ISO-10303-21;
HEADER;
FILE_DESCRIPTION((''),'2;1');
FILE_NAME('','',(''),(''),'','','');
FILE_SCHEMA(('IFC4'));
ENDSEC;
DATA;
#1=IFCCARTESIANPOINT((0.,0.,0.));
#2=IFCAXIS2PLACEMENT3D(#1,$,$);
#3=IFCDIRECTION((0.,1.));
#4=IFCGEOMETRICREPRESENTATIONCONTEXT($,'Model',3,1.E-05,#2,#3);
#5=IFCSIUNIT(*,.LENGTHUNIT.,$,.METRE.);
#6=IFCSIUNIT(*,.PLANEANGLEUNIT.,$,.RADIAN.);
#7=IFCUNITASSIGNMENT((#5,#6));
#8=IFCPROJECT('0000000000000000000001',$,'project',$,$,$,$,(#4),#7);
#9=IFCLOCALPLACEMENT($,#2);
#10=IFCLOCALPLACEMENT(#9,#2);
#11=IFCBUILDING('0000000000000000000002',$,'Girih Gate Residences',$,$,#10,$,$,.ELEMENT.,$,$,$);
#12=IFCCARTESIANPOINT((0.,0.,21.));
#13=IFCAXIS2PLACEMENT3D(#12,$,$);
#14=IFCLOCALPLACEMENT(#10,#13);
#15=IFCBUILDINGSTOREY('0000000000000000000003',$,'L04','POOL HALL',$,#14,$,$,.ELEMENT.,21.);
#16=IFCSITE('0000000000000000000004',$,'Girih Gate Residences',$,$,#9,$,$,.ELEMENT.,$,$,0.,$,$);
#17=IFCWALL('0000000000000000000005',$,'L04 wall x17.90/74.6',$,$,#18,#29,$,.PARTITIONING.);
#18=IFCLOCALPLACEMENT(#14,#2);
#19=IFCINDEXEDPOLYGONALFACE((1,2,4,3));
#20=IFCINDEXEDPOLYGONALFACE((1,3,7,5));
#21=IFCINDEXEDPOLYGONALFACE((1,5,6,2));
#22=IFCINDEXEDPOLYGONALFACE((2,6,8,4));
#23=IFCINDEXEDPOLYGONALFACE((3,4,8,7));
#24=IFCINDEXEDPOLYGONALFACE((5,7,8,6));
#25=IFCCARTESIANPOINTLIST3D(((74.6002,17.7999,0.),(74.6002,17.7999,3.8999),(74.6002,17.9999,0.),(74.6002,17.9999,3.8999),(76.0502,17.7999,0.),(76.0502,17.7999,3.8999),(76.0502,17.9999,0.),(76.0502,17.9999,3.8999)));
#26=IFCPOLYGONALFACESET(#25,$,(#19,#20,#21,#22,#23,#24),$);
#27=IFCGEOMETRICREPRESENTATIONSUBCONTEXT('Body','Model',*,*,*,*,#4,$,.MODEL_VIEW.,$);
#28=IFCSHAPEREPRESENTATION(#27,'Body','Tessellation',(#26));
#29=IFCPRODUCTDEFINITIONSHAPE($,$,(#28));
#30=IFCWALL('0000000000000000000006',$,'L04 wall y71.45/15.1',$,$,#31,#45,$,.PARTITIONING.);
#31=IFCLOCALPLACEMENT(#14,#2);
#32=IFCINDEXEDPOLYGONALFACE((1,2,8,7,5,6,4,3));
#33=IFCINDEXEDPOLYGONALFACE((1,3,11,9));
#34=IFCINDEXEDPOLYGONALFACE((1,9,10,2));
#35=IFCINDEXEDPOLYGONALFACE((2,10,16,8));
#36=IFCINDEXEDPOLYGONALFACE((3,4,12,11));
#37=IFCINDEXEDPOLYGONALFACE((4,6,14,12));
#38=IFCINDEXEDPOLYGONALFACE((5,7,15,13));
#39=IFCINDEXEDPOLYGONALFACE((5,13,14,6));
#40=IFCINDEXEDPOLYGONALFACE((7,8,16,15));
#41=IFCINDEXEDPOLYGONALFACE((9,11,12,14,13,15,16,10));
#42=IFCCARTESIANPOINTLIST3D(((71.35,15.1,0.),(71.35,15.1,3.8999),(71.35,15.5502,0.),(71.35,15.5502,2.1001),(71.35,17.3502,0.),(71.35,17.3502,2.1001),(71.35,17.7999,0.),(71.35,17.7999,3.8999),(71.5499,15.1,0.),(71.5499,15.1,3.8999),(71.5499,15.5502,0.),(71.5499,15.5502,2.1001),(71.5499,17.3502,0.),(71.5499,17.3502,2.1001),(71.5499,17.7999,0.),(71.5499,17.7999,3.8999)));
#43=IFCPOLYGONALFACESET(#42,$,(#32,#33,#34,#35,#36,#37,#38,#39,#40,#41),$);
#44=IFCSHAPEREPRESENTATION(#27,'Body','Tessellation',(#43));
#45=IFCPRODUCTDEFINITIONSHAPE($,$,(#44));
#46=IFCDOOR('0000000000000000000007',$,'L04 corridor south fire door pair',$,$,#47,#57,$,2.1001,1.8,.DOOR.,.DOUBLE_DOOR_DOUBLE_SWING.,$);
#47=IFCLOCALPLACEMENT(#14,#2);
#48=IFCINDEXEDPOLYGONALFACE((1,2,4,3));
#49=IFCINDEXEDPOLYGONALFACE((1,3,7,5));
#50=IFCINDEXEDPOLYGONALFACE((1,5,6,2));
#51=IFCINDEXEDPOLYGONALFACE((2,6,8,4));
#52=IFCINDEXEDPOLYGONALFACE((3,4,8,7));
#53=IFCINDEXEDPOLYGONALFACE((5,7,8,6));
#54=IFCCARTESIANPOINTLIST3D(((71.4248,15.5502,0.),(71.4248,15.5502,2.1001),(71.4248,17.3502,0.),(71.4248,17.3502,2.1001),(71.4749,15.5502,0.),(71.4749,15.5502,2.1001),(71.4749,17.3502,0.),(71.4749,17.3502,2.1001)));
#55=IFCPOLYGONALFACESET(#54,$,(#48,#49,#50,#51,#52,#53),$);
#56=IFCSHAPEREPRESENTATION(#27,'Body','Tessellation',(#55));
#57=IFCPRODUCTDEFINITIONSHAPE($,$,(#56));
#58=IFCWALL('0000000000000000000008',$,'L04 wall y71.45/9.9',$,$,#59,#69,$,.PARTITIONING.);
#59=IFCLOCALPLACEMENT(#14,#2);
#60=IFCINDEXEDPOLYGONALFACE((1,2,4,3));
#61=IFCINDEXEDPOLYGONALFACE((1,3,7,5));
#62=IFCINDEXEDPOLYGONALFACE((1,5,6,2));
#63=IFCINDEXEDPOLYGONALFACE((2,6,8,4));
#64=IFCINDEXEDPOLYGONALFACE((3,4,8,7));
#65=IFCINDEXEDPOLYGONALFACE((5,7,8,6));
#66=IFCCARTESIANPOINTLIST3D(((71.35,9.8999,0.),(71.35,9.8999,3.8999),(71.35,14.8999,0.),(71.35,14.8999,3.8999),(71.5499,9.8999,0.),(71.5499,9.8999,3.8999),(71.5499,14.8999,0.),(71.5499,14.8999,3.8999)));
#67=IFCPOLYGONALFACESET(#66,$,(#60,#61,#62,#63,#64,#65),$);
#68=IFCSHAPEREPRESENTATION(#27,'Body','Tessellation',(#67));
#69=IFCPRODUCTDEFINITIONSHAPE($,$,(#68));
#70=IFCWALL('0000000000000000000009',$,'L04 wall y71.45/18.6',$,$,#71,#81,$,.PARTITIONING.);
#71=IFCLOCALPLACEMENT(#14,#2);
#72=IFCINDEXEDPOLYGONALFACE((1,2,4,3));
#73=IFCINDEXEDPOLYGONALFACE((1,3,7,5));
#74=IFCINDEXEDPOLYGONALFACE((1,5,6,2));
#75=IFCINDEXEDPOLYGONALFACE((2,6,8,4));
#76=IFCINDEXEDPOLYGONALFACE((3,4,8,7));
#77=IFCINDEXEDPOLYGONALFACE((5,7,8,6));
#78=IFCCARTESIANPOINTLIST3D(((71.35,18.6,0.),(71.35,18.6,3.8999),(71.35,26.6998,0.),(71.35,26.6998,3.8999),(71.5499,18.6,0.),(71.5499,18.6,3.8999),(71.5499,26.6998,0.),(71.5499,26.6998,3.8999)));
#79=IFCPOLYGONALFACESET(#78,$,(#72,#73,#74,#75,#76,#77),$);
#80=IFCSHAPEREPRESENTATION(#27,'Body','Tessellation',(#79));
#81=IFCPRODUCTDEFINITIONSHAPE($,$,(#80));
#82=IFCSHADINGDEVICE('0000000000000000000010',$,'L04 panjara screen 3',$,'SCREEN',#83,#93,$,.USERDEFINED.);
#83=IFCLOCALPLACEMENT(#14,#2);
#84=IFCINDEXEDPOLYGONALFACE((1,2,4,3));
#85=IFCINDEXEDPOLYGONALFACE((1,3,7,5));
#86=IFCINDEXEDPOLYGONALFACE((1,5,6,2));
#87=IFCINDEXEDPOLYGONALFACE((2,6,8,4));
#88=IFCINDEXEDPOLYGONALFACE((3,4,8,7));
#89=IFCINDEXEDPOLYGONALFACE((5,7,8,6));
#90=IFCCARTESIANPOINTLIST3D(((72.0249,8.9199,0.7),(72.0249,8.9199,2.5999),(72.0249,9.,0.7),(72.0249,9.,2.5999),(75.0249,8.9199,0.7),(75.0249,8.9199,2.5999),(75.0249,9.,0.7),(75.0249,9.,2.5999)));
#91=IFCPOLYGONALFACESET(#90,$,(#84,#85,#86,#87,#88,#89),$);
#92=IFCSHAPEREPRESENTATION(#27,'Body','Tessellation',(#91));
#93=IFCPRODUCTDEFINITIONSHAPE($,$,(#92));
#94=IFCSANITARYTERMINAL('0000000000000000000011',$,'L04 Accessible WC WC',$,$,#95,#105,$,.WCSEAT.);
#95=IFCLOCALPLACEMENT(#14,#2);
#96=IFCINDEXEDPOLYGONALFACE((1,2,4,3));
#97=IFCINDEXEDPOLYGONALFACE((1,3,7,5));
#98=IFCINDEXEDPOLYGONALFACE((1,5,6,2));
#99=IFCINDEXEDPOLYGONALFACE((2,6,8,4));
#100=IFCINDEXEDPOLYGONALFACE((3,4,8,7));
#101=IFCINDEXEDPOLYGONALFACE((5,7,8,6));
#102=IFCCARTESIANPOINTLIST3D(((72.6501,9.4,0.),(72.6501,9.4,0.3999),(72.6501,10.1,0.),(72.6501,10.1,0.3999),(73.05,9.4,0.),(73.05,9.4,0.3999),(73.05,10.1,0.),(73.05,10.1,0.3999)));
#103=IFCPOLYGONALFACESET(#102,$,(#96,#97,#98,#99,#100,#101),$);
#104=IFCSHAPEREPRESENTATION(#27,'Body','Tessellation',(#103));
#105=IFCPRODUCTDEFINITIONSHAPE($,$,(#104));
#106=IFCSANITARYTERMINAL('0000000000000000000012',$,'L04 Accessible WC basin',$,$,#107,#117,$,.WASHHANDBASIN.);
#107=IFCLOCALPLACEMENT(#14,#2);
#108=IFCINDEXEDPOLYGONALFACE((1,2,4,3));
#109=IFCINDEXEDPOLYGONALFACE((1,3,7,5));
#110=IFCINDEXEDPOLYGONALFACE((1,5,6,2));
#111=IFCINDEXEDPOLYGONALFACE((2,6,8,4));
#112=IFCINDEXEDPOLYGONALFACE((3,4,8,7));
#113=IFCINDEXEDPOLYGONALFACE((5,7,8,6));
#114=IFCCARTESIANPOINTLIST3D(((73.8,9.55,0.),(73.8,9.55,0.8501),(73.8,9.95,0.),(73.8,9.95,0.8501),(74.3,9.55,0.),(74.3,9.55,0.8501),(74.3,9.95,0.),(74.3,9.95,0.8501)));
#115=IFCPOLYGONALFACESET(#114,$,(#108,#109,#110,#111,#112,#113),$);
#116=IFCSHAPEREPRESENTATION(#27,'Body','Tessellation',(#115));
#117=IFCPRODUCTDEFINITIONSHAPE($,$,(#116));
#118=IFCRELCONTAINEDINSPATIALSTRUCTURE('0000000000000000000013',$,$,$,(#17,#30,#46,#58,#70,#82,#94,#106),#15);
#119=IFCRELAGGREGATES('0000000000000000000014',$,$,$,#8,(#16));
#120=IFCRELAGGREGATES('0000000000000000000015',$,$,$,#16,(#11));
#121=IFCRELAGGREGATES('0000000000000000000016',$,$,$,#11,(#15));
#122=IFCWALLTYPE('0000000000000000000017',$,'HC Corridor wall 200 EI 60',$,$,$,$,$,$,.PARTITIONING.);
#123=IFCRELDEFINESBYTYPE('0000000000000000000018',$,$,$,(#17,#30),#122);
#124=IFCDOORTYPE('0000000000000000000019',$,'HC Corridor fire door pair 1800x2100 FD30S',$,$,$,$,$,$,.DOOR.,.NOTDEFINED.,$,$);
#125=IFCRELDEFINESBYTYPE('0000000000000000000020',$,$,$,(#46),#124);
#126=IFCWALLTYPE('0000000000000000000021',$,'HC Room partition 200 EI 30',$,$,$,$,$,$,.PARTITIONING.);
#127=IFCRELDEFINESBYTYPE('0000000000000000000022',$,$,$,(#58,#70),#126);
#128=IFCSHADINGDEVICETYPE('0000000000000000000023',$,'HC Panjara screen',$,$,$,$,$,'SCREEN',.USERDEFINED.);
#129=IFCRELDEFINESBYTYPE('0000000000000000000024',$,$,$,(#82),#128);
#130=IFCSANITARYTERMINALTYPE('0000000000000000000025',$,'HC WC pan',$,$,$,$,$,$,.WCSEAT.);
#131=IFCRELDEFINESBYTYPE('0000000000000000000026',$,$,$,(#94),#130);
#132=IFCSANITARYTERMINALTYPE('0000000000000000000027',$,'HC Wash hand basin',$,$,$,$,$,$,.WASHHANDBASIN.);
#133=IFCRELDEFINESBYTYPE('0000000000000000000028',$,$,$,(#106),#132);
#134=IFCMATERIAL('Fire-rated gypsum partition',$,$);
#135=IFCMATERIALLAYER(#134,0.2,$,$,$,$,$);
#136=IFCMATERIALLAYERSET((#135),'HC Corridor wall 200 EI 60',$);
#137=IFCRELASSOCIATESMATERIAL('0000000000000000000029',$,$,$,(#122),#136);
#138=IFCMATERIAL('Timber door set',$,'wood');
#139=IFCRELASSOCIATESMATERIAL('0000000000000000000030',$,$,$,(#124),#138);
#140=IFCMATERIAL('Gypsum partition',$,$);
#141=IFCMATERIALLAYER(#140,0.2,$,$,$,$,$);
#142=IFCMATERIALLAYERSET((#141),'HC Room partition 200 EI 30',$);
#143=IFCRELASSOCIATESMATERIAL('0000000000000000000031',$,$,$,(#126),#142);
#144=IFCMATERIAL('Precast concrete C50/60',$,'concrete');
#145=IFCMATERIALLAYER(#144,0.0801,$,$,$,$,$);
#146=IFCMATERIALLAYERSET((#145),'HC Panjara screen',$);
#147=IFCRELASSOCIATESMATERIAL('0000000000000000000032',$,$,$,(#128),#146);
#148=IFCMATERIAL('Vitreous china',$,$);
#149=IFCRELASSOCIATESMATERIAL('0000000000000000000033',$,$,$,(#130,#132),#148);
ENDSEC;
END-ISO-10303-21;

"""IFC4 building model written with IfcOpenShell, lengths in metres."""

from ifc_helpers import new_model, si_unit, direction, frame, frame_2d, origin, origin_2d, place, context, subcontext, project, spatial, rectangle, extrude, material, layer, layer_set, type_object, element, fill, save


model = new_model("IFC4")

# Units and contexts
model_context = context("Model", 3, precision=1e-05, world=origin(), true_north=direction((0.0, 1.0)))
body_context = subcontext(model_context, "Body", "Model", "MODEL_VIEW")
ifc_project = project(units=[si_unit("LENGTHUNIT", "METRE"), si_unit("PLANEANGLEUNIT", "RADIAN")], contexts=[model_context])

# Site, building, storey
site_placement = place(None, origin())
site = spatial("IfcSite", under=ifc_project, at=site_placement, Name="Girih Gate Residences", CompositionType="ELEMENT", RefElevation=0.0)
building_placement = place(site_placement, origin())
building = spatial("IfcBuilding", under=site, at=building_placement, Name="Girih Gate Residences", CompositionType="ELEMENT")
storey_placement = place(building_placement, frame((0.0, 0.0, 21.0)))
storey = spatial("IfcBuildingStorey", under=building, at=storey_placement, Name="L04", Description="POOL HALL", CompositionType="ELEMENT", Elevation=21.0)

# Shared definitions
ifc_material_1 = material(Name="Fire-rated gypsum partition")
ifc_layer_1 = layer(ifc_material_1, 0.2)
ifc_layer_set_1 = layer_set([ifc_layer_1], Name="HC Corridor wall 200 EI 60")
wall_type_1 = type_object("IfcWallType", Name="HC Corridor wall 200 EI 60", PredefinedType="PARTITIONING", material=ifc_layer_set_1)

# Shared definitions
ifc_material_2 = material(Name="Timber door set", Category="wood")

# Wall
wall_1_placement = place(storey_placement, frame((74.6001, 17.8999, 0.0), z_axis=(0.0, 0.0, 1.0), x_axis=(1.0, 0.0, 0.0)))
element("IfcWall", 1, at=wall_1_placement, inside=storey, type_object=wall_type_1, Name="L04 wall x17.90/74.6", PredefinedType="PARTITIONING", context=body_context, shape_type="SweptSolid", body=[
    extrude(rectangle(XDim=1.45, YDim=0.2, at=frame_2d((0.7251, 0.0))), origin(), (0.0, 0.0, 1.0), 3.8999),
])

# Wall, opening, door
wall_2_placement = place(storey_placement, frame((71.45, 17.8, 0.0), z_axis=(0.0, 0.0, 1.0), x_axis=(0.0, -1.0, 0.0)))
wall_2 = element("IfcWall", 2, at=wall_2_placement, inside=storey, type_object=wall_type_1, Name="L04 wall y71.45/15.1", PredefinedType="PARTITIONING", context=body_context, shape_type="SweptSolid", body=[
    extrude(rectangle(XDim=2.7, YDim=0.2, at=frame_2d((1.3501, 0.0))), origin(), (0.0, 0.0, 1.0), 3.8999),
])
opening_1_placement = place(wall_2_placement, frame((0.45, 0.0, 0.0)))
opening_1 = element("IfcOpeningElement", 3, at=opening_1_placement, cuts=wall_2, PredefinedType="OPENING", context=body_context, shape_type="SweptSolid", body=[
    extrude(rectangle(XDim=1.8, YDim=2.1001, at=frame_2d((0.8999, 1.05))), frame((0.0, 0.1099, 0.0), z_axis=(0.0, -1.0, 0.0), x_axis=(1.0, 0.0, 0.0)), (0.0, 0.0, 1.0), 0.22),
])
door_type_1 = type_object("IfcDoorType", Name="HC Corridor fire door pair 1800x2100 FD30S", OperationType="NOTDEFINED", PredefinedType="DOOR", material=ifc_material_2)
door_1_placement = place(opening_1_placement, origin())
door_1 = element("IfcDoor", 4, at=door_1_placement, inside=storey, type_object=door_type_1, Name="L04 corridor south fire door pair", OperationType="DOUBLE_DOOR_DOUBLE_SWING", OverallHeight=2.1001, OverallWidth=1.8, PredefinedType="DOOR", context=body_context, shape_type="SweptSolid", body=[
    extrude(rectangle(XDim=1.8, YDim=2.1001, at=frame_2d((0.8999, 1.05))), frame((0.0, 0.0249, 0.0), z_axis=(0.0, -1.0, 0.0), x_axis=(1.0, 0.0, 0.0)), (0.0, 0.0, 1.0), 0.05),
])
fill(opening_1, door_1)

# Walls
ifc_material_3 = material(Name="Gypsum partition")
ifc_layer_2 = layer(ifc_material_3, 0.2)
ifc_layer_set_2 = layer_set([ifc_layer_2], Name="HC Room partition 200 EI 30")
wall_type_2 = type_object("IfcWallType", Name="HC Room partition 200 EI 30", PredefinedType="PARTITIONING", material=ifc_layer_set_2)
wall_3_placement = place(storey_placement, frame((71.45, 9.8999, 0.0), z_axis=(0.0, 0.0, 1.0), x_axis=(0.0, 1.0, 0.0)))
element("IfcWall", 5, at=wall_3_placement, inside=storey, type_object=wall_type_2, Name="L04 wall y71.45/9.9", PredefinedType="PARTITIONING", context=body_context, shape_type="SweptSolid", body=[
    extrude(rectangle(XDim=5.0, YDim=0.2, at=frame_2d((2.5, 0.0))), origin(), (0.0, 0.0, 1.0), 3.8999),
])
wall_4_placement = place(storey_placement, frame((71.45, 18.6001, 0.0), z_axis=(0.0, 0.0, 1.0), x_axis=(0.0, 1.0, 0.0)))
element("IfcWall", 6, at=wall_4_placement, inside=storey, type_object=wall_type_2, Name="L04 wall y71.45/18.6", PredefinedType="PARTITIONING", context=body_context, shape_type="SweptSolid", body=[
    extrude(rectangle(XDim=8.0999, YDim=0.2, at=frame_2d((4.0498, 0.0))), origin(), (0.0, 0.0, 1.0), 3.8999),
])

# Shading device
ifc_material_4 = material(Name="Precast concrete C50/60", Category="concrete")
ifc_layer_3 = layer(ifc_material_4, 0.0801)
ifc_layer_set_3 = layer_set([ifc_layer_3], Name="HC Panjara screen")
shading_device_type = type_object("IfcShadingDeviceType", Name="HC Panjara screen", ElementType="SCREEN", PredefinedType="USERDEFINED", material=ifc_layer_set_3)
shading_device_placement = place(storey_placement, frame((73.5249, 8.96, 0.7), z_axis=(0.0, 0.0, 1.0), x_axis=(1.0, 0.0, 0.0)))
element("IfcShadingDevice", 7, at=shading_device_placement, inside=storey, type_object=shading_device_type, Name="L04 panjara screen 3", ObjectType="SCREEN", PredefinedType="USERDEFINED", context=body_context, shape_type="SweptSolid", body=[
    extrude(rectangle(XDim=3.0, YDim=0.0801, at=origin_2d()), origin(), (0.0, 0.0, 1.0), 1.8999),
])

# Sanitary terminals
ifc_material_5 = material(Name="Vitreous china")
sanitary_terminal_type_1 = type_object("IfcSanitaryTerminalType", Name="HC WC pan", PredefinedType="WCSEAT", material=ifc_material_5)
sanitary_terminal_1_placement = place(storey_placement, frame((72.8501, 9.75, 0.0), z_axis=(0.0, 0.0, 1.0), x_axis=(1.0, 0.0, 0.0)))
element("IfcSanitaryTerminal", 8, at=sanitary_terminal_1_placement, inside=storey, type_object=sanitary_terminal_type_1, Name="L04 Accessible WC WC", PredefinedType="WCSEAT", context=body_context, shape_type="SweptSolid", body=[
    extrude(rectangle(XDim=0.3999, YDim=0.7, at=origin_2d()), origin(), (0.0, 0.0, 1.0), 0.3999),
])
sanitary_terminal_type_2 = type_object("IfcSanitaryTerminalType", Name="HC Wash hand basin", PredefinedType="WASHHANDBASIN", material=ifc_material_5)
sanitary_terminal_2_placement = place(storey_placement, frame((74.05, 9.75, 0.0), z_axis=(0.0, 0.0, 1.0), x_axis=(1.0, 0.0, 0.0)))
element("IfcSanitaryTerminal", 9, at=sanitary_terminal_2_placement, inside=storey, type_object=sanitary_terminal_type_2, Name="L04 Accessible WC basin", PredefinedType="WASHHANDBASIN", context=body_context, shape_type="SweptSolid", body=[
    extrude(rectangle(XDim=0.5, YDim=0.3999, at=origin_2d()), origin(), (0.0, 0.0, 1.0), 0.8501),
])

save(model, "model.ifc")
